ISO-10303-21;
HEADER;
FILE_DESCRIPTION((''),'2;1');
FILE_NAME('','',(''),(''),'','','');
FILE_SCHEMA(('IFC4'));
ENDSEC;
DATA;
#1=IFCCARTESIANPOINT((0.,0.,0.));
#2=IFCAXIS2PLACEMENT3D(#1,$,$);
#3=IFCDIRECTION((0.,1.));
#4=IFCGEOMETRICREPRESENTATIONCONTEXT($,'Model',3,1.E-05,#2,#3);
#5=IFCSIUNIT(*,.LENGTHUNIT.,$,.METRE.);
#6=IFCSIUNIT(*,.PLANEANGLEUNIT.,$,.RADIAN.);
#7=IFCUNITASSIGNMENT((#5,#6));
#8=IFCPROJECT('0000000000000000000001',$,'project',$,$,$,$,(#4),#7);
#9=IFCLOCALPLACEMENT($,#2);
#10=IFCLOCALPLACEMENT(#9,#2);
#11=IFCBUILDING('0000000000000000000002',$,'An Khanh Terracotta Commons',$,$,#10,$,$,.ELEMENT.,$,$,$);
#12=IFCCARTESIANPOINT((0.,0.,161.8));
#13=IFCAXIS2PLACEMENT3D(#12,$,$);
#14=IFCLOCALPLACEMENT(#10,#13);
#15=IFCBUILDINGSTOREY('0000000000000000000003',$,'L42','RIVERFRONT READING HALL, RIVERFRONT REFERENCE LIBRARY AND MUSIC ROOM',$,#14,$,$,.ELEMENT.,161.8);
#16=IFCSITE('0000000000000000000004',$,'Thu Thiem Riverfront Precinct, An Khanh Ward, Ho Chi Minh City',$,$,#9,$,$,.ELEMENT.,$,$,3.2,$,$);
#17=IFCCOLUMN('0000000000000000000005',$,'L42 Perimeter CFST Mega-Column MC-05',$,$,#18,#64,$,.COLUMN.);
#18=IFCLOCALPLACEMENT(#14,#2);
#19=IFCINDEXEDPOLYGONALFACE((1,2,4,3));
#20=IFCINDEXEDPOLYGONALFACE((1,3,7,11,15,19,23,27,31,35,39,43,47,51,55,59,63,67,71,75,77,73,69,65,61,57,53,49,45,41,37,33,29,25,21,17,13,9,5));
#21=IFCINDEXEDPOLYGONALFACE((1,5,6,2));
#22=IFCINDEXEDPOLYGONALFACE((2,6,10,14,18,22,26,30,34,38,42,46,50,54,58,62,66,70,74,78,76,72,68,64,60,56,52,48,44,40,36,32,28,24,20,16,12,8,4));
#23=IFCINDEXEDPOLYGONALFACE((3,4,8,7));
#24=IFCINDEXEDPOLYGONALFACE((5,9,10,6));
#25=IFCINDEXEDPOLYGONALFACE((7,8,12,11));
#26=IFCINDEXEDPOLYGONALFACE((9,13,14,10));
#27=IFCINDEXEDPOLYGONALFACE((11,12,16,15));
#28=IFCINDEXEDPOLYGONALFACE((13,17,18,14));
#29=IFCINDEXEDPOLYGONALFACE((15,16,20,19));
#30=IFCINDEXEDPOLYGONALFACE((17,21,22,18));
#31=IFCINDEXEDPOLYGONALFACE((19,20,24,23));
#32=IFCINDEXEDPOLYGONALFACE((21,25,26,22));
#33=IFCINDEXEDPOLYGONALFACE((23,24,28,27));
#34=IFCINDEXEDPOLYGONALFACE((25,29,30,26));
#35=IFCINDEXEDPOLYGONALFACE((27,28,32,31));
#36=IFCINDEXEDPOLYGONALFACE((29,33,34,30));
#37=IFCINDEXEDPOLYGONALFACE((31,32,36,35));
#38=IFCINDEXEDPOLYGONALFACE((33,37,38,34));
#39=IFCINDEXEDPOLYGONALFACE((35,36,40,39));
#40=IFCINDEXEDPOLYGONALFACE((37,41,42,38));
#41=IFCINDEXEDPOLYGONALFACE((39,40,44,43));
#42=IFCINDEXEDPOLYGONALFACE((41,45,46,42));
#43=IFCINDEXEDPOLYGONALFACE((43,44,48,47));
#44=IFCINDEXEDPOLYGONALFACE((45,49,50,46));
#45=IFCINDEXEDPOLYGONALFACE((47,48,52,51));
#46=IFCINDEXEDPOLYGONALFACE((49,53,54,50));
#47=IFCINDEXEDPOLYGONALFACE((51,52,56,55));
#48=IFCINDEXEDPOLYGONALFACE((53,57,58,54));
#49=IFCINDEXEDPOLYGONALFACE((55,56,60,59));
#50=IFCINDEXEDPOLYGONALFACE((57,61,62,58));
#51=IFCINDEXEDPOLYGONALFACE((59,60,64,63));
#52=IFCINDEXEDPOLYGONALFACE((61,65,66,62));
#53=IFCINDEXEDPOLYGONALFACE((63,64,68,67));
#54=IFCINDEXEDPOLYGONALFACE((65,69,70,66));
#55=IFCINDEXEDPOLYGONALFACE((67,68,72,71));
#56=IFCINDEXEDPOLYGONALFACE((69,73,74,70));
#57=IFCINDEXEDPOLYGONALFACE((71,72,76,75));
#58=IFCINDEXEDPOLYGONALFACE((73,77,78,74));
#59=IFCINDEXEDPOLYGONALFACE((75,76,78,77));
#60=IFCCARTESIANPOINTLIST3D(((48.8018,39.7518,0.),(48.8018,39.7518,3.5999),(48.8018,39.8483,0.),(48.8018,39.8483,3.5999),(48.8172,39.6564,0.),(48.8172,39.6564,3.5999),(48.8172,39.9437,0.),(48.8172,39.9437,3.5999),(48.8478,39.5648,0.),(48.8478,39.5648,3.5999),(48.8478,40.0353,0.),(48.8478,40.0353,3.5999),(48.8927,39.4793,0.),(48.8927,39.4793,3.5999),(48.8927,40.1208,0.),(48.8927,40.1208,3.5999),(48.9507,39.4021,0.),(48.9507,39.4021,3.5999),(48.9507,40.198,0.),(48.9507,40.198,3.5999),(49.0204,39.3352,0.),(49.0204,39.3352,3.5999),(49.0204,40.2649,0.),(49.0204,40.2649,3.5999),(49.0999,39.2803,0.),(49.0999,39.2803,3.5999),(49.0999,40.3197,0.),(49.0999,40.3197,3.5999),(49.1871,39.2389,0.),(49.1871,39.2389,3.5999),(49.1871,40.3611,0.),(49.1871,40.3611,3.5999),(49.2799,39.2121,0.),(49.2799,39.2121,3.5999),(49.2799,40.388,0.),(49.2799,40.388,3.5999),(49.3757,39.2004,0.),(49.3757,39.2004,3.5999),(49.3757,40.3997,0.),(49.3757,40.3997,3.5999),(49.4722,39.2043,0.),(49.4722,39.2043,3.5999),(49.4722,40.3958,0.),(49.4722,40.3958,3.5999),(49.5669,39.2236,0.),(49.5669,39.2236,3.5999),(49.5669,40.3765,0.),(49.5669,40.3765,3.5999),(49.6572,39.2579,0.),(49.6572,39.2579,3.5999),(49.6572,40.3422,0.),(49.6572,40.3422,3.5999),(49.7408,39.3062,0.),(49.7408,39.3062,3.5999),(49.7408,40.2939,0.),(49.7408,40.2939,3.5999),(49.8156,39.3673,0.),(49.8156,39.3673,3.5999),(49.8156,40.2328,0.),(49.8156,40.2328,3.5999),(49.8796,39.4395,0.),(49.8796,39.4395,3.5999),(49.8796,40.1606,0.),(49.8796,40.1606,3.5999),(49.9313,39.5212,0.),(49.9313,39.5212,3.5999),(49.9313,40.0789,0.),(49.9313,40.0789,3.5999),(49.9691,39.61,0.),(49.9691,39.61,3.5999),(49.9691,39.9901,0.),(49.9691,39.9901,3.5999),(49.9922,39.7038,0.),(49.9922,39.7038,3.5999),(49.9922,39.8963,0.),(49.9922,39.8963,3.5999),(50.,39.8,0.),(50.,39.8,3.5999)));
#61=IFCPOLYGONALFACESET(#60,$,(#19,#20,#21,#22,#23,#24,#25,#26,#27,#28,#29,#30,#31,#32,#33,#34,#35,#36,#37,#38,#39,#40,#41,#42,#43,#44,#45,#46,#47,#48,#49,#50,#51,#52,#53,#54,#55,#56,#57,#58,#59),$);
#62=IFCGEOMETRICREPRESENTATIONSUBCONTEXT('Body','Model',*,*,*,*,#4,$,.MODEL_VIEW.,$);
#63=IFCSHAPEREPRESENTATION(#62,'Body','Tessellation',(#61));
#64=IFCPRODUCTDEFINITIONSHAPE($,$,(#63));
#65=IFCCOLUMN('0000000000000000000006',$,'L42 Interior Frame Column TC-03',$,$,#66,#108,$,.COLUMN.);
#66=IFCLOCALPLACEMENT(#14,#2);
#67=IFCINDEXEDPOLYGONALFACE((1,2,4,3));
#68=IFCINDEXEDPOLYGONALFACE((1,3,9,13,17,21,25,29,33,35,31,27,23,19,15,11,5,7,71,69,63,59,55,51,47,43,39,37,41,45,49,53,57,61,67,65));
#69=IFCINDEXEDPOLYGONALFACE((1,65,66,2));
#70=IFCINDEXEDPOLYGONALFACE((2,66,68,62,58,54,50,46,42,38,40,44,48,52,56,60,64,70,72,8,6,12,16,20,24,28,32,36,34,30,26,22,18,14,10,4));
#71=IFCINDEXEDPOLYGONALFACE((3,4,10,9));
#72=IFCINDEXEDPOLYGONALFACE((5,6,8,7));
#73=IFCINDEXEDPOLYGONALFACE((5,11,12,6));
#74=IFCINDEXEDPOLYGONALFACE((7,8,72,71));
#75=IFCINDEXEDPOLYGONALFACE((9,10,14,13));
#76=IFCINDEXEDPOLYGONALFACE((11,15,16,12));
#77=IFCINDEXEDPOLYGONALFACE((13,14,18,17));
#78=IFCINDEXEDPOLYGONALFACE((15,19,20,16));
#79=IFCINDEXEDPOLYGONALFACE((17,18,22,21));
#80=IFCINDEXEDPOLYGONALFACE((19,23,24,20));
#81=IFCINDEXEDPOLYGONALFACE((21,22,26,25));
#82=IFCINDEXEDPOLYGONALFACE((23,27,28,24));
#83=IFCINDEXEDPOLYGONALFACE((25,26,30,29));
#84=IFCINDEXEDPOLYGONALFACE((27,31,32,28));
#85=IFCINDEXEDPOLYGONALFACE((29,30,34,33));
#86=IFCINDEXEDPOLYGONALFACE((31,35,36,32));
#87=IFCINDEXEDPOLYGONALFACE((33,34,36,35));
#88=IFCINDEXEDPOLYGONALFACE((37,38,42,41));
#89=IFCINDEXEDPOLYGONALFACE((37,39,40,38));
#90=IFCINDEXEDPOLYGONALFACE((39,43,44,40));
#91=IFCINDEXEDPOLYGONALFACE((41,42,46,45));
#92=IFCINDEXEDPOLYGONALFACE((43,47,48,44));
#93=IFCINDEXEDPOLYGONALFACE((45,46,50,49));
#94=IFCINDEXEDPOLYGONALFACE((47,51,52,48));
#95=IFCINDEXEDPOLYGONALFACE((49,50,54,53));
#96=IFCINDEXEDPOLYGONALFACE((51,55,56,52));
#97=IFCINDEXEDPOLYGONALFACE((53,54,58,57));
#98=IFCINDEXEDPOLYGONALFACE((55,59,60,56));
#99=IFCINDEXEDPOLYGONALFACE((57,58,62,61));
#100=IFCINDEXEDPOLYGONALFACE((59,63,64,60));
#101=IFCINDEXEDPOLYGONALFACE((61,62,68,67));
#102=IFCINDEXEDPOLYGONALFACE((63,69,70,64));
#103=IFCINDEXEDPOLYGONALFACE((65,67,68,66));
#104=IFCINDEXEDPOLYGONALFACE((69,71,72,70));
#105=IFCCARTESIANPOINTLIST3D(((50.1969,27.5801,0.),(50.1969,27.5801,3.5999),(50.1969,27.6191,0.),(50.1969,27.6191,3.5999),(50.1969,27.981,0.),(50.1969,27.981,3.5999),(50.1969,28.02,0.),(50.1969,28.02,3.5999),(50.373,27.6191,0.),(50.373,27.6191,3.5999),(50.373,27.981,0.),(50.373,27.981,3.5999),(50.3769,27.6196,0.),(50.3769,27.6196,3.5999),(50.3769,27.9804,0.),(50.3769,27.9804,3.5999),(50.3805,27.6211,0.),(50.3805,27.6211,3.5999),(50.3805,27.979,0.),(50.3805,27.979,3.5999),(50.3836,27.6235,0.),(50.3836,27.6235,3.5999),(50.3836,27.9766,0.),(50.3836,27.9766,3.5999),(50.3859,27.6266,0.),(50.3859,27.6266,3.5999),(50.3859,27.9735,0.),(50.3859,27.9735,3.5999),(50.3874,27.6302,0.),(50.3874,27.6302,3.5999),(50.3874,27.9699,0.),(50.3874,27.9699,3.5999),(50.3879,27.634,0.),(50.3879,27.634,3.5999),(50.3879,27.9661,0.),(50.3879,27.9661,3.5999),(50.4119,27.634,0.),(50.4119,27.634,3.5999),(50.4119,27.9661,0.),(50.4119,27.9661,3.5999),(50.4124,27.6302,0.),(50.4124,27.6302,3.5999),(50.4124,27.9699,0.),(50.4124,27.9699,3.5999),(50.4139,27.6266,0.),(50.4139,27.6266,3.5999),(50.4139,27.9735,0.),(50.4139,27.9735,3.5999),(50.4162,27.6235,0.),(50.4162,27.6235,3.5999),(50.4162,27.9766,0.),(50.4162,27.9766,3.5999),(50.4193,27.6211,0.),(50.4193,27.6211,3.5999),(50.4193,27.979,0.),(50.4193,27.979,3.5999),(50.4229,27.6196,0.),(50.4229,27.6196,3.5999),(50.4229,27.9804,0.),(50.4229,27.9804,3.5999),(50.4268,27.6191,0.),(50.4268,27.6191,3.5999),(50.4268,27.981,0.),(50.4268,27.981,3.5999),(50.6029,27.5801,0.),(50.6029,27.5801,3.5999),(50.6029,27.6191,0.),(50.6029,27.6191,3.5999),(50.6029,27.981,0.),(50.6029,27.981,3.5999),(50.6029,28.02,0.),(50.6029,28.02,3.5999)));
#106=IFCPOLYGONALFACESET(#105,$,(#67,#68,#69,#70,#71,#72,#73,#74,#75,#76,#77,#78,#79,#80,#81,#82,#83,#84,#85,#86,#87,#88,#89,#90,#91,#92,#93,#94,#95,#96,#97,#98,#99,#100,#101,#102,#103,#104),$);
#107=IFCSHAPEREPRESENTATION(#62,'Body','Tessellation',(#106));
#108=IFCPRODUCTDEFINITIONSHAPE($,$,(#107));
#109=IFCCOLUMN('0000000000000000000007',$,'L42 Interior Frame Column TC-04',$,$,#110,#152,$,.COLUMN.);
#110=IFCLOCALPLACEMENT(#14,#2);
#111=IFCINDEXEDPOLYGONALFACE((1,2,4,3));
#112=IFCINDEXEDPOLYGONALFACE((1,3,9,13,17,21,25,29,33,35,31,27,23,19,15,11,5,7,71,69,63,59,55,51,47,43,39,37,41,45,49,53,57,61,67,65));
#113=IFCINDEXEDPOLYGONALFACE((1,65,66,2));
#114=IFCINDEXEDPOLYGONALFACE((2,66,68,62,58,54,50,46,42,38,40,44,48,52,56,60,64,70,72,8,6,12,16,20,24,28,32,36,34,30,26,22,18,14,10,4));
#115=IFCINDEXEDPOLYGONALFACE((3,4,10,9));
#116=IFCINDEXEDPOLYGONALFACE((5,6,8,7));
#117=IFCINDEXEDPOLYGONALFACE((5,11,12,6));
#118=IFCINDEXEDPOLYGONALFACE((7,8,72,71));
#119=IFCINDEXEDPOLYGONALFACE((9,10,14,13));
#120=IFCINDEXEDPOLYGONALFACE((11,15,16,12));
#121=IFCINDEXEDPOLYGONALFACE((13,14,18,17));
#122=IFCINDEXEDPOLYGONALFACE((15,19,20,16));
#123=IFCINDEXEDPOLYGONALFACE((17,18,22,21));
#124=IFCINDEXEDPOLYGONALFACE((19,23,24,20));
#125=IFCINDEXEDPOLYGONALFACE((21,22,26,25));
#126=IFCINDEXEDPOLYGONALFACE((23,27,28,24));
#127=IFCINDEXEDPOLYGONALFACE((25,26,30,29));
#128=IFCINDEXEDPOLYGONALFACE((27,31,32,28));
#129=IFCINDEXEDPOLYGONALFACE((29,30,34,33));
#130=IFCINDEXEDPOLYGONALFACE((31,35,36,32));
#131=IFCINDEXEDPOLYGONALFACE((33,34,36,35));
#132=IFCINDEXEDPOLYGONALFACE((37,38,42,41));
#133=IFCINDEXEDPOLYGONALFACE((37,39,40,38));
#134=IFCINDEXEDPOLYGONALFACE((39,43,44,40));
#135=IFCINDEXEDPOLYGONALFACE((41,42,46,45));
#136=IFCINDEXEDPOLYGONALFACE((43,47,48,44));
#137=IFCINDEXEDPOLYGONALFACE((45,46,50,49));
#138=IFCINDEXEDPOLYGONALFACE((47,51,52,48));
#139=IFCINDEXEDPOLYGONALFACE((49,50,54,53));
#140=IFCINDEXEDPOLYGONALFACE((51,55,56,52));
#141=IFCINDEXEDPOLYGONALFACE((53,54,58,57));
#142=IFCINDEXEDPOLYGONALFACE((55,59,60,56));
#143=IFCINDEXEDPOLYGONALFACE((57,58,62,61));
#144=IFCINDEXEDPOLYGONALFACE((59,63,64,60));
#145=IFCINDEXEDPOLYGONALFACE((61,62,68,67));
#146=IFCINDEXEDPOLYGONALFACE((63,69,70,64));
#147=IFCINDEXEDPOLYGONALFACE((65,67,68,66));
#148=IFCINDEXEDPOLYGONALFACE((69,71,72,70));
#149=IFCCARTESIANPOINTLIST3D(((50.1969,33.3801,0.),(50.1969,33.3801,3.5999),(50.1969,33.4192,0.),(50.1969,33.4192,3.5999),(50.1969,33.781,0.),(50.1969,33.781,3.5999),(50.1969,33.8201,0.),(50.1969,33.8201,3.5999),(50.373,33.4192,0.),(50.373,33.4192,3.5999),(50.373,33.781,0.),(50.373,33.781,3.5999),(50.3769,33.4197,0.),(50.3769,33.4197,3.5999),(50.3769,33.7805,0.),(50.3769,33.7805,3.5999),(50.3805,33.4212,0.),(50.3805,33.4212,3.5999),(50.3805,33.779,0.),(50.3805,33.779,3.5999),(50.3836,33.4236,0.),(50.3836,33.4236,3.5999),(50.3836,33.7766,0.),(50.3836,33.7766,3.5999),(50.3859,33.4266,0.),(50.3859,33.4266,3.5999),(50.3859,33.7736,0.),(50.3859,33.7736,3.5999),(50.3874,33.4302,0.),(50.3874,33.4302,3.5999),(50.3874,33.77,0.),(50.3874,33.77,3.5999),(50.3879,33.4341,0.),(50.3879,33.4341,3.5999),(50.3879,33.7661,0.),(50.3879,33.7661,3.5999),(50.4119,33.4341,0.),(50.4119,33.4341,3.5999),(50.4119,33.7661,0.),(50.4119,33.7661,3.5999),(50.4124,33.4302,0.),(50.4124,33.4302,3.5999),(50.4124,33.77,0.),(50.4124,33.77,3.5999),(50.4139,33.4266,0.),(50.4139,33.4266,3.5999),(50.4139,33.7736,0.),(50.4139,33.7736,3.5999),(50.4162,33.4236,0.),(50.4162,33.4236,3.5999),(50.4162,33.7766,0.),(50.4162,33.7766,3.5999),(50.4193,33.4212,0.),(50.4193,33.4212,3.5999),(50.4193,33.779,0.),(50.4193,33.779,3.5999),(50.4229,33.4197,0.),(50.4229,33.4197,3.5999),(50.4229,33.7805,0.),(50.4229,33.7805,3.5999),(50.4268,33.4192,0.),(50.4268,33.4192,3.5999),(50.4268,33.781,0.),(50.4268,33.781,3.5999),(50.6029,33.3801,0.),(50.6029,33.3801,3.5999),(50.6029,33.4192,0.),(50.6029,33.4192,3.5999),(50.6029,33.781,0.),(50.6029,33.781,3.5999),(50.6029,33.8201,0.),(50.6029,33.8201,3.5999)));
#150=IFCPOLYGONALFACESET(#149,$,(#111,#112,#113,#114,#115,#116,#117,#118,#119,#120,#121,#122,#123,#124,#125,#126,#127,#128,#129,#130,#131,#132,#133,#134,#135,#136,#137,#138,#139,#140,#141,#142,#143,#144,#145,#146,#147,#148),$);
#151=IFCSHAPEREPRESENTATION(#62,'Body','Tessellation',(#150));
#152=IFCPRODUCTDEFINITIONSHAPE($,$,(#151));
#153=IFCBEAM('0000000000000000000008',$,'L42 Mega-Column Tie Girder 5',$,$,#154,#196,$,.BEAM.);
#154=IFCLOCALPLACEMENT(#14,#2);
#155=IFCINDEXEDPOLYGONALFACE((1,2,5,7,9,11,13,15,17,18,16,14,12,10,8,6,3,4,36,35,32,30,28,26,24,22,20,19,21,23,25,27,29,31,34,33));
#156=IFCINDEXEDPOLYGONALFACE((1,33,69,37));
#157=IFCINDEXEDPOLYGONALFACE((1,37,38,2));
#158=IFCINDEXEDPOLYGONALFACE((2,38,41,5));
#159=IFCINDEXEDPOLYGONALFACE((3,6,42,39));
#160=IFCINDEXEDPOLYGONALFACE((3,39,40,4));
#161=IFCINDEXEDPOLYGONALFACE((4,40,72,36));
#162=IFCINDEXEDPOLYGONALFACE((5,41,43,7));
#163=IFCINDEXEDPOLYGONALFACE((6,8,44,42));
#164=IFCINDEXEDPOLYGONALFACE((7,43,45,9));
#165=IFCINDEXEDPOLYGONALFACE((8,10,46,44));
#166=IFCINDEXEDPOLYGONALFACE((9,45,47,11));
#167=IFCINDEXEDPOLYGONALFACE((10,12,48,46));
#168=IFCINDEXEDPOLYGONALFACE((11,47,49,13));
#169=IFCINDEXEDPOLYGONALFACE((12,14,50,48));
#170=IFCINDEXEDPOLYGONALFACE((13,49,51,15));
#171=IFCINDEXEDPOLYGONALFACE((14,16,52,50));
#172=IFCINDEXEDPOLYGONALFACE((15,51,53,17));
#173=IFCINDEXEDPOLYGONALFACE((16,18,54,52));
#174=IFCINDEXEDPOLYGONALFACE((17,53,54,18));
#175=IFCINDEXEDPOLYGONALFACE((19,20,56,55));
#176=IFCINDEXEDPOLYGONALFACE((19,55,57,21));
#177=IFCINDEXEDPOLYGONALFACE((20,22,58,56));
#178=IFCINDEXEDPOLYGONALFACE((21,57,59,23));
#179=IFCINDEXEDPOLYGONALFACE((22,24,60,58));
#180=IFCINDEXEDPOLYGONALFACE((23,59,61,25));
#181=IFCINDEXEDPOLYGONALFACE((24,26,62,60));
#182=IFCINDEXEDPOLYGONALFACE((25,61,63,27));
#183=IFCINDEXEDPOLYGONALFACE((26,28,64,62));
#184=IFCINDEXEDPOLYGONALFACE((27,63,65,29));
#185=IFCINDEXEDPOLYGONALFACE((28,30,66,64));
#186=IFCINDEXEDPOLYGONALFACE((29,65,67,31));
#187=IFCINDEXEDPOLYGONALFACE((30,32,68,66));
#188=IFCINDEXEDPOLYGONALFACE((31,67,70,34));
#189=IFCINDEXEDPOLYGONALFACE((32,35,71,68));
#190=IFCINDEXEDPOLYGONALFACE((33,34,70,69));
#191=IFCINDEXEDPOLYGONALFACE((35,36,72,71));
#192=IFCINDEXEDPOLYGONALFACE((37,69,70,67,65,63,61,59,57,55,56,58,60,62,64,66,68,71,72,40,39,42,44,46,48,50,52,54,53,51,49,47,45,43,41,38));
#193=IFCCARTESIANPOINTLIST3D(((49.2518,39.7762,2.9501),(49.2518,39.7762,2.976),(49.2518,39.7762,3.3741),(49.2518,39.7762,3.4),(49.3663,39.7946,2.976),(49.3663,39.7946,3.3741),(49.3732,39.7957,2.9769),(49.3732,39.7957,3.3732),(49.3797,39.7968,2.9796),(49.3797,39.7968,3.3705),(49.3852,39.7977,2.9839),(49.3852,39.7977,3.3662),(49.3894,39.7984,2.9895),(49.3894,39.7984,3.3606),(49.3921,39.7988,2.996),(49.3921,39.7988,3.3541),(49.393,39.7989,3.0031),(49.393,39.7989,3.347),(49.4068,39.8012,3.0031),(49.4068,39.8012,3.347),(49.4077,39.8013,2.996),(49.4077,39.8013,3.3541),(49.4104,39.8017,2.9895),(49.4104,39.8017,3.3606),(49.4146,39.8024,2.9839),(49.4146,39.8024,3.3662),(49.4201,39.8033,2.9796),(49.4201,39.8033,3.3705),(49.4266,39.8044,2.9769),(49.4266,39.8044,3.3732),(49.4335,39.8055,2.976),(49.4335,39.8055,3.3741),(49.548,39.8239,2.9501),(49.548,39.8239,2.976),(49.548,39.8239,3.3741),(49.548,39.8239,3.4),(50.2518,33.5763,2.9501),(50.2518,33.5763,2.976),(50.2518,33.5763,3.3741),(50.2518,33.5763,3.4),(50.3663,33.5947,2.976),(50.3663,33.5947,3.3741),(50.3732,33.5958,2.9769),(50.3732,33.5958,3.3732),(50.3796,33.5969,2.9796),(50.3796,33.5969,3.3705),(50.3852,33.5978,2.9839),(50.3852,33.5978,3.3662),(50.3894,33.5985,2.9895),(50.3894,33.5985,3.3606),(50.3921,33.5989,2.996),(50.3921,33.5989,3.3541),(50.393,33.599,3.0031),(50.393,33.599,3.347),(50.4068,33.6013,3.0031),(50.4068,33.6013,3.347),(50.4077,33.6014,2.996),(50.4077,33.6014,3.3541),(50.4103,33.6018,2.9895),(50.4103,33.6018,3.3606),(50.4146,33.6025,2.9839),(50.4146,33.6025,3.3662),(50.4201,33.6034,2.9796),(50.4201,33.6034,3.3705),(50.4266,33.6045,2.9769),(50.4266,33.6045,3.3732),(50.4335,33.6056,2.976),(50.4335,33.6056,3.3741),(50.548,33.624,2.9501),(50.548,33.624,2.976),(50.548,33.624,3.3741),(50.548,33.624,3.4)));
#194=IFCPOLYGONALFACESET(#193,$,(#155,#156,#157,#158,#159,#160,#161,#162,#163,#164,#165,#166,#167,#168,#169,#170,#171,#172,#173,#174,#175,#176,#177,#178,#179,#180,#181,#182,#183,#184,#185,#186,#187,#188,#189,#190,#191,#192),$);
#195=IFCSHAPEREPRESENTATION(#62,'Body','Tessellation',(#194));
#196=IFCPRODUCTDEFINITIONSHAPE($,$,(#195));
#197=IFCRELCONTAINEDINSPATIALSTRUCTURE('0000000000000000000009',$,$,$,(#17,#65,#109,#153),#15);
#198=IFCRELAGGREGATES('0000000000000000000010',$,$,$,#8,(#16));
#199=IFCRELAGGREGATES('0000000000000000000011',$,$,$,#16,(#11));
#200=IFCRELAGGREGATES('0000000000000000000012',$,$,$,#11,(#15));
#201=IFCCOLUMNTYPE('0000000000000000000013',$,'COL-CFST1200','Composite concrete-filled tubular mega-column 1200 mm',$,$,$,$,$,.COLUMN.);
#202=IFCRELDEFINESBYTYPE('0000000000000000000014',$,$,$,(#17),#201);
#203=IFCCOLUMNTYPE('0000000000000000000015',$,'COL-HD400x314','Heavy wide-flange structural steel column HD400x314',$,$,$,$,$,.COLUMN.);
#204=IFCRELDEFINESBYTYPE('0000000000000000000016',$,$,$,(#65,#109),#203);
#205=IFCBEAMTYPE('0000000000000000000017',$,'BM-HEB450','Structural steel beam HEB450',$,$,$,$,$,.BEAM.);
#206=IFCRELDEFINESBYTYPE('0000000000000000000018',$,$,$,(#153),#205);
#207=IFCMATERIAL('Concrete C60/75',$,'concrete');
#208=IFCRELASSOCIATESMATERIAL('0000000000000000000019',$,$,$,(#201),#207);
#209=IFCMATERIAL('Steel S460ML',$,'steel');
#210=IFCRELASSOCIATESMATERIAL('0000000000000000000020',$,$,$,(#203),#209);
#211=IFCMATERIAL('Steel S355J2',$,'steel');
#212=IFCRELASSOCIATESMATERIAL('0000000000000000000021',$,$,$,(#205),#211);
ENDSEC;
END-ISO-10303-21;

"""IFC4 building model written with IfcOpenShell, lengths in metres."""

from ifc_helpers import new_model, si_unit, direction, frame, origin, origin_2d, place, context, subcontext, project, spatial, circle, i_section, extrude, material, material_profile, profile_set, type_object, element, save


model = new_model("IFC4")

# Units and contexts
model_context = context("Model", 3, precision=1e-05, world=origin(), true_north=direction((0.0, 1.0)))
body_context = subcontext(model_context, "Body", "Model", "MODEL_VIEW")
ifc_project = project(units=[si_unit("LENGTHUNIT", "METRE"), si_unit("PLANEANGLEUNIT", "RADIAN")], contexts=[model_context])

# Site, building, storey
site_placement = place(None, origin())
site = spatial("IfcSite", under=ifc_project, at=site_placement, Name="Thu Thiem Riverfront Precinct, An Khanh Ward, Ho Chi Minh City", CompositionType="ELEMENT", RefElevation=3.2)
building_placement = place(site_placement, origin())
building = spatial("IfcBuilding", under=site, at=building_placement, Name="An Khanh Terracotta Commons", CompositionType="ELEMENT")
storey_placement = place(building_placement, frame((0.0, 0.0, 161.8)))
storey = spatial("IfcBuildingStorey", under=building, at=storey_placement, Name="L42", Description="RIVERFRONT READING HALL, RIVERFRONT REFERENCE LIBRARY AND MUSIC ROOM", CompositionType="ELEMENT", Elevation=161.8)

# Columns
ifc_material_1 = material(Name="Concrete C60/75", Category="concrete")
ifc_material_profile_1 = material_profile(ifc_material_1, circle(Radius=0.6001, at=origin_2d()), Name="CFST1200")
ifc_profile_set_1 = profile_set([ifc_material_profile_1], Name="Concrete C60/75")
column_type_1 = type_object("IfcColumnType", Name="COL-CFST1200", Description="Composite concrete-filled tubular mega-column 1200 mm", PredefinedType="COLUMN", material=ifc_profile_set_1)
column_placement = place(storey_placement, frame((49.3999, 39.8, 0.0), z_axis=(0.0, 0.0, 1.0), x_axis=(1.0, 0.0, 0.0)))
element("IfcColumn", 1, at=column_placement, inside=storey, type_object=column_type_1, Name="L42 Perimeter CFST Mega-Column MC-05", PredefinedType="COLUMN", context=body_context, shape_type="SweptSolid", body=[
    extrude(circle(Radius=0.6001, at=origin_2d()), origin(), (0.0, 0.0, 1.0), 3.5999),
])
ifc_material_2 = material(Name="Steel S460ML", Category="steel")
ifc_material_profile_2 = material_profile(ifc_material_2, i_section(OverallWidth=0.406, OverallDepth=0.4399, WebThickness=0.0239, FlangeThickness=0.0391, FilletRadius=0.0149, at=origin_2d()), Name="HD400x314")
ifc_profile_set_2 = profile_set([ifc_material_profile_2], Name="Steel S460ML")
column_type_2 = type_object("IfcColumnType", Name="COL-HD400x314", Description="Heavy wide-flange structural steel column HD400x314", PredefinedType="COLUMN", material=ifc_profile_set_2)
for number, where, z_axis, x_axis, name in (
    (2, (50.3999, 27.8, 0.0), (0.0, 0.0, 1.0), (1.0, 0.0, 0.0), "L42 Interior Frame Column TC-03"),
    (3, (50.3999, 33.6001, 0.0), (0.0, 0.0, 1.0), (1.0, 0.0, 0.0), "L42 Interior Frame Column TC-04"),
):
    element("IfcColumn", number, at=place(storey_placement, frame(where, z_axis=z_axis, x_axis=x_axis)), inside=storey, type_object=column_type_2, Name=name, PredefinedType="COLUMN", context=body_context, shape_type="SweptSolid", body=[
        extrude(i_section(OverallWidth=0.406, OverallDepth=0.4399, WebThickness=0.0239, FlangeThickness=0.0391, FilletRadius=0.0149, at=origin_2d()), origin(), (0.0, 0.0, 1.0), 3.5999),
    ])

# Beam
ifc_material_3 = material(Name="Steel S355J2", Category="steel")
ifc_material_profile_3 = material_profile(ifc_material_3, i_section(OverallWidth=0.3, OverallDepth=0.45, WebThickness=0.0139, FlangeThickness=0.0259, FilletRadius=0.0271, at=origin_2d()), Name="HEB450")
ifc_profile_set_3 = profile_set([ifc_material_profile_3], Name="Steel S355J2")
beam_type_1 = type_object("IfcBeamType", Name="BM-HEB450", Description="Structural steel beam HEB450", PredefinedType="BEAM", material=ifc_profile_set_3)
beam_1_placement = place(storey_placement, frame((49.3999, 39.8, 3.175), z_axis=(0.159234, -0.987241, 0.0), x_axis=(0.987241, 0.159234, 0.0)))
element("IfcBeam", 4, at=beam_1_placement, inside=storey, type_object=beam_type_1, Name="L42 Mega-Column Tie Girder 5", PredefinedType="BEAM", context=body_context, shape_type="SweptSolid", body=[
    extrude(i_section(OverallWidth=0.3, OverallDepth=0.45, WebThickness=0.0139, FlangeThickness=0.0259, FilletRadius=0.0271, at=origin_2d()), origin(), (0.0, 0.0, 1.0), 6.28),
])

save(model, "model.ifc")
